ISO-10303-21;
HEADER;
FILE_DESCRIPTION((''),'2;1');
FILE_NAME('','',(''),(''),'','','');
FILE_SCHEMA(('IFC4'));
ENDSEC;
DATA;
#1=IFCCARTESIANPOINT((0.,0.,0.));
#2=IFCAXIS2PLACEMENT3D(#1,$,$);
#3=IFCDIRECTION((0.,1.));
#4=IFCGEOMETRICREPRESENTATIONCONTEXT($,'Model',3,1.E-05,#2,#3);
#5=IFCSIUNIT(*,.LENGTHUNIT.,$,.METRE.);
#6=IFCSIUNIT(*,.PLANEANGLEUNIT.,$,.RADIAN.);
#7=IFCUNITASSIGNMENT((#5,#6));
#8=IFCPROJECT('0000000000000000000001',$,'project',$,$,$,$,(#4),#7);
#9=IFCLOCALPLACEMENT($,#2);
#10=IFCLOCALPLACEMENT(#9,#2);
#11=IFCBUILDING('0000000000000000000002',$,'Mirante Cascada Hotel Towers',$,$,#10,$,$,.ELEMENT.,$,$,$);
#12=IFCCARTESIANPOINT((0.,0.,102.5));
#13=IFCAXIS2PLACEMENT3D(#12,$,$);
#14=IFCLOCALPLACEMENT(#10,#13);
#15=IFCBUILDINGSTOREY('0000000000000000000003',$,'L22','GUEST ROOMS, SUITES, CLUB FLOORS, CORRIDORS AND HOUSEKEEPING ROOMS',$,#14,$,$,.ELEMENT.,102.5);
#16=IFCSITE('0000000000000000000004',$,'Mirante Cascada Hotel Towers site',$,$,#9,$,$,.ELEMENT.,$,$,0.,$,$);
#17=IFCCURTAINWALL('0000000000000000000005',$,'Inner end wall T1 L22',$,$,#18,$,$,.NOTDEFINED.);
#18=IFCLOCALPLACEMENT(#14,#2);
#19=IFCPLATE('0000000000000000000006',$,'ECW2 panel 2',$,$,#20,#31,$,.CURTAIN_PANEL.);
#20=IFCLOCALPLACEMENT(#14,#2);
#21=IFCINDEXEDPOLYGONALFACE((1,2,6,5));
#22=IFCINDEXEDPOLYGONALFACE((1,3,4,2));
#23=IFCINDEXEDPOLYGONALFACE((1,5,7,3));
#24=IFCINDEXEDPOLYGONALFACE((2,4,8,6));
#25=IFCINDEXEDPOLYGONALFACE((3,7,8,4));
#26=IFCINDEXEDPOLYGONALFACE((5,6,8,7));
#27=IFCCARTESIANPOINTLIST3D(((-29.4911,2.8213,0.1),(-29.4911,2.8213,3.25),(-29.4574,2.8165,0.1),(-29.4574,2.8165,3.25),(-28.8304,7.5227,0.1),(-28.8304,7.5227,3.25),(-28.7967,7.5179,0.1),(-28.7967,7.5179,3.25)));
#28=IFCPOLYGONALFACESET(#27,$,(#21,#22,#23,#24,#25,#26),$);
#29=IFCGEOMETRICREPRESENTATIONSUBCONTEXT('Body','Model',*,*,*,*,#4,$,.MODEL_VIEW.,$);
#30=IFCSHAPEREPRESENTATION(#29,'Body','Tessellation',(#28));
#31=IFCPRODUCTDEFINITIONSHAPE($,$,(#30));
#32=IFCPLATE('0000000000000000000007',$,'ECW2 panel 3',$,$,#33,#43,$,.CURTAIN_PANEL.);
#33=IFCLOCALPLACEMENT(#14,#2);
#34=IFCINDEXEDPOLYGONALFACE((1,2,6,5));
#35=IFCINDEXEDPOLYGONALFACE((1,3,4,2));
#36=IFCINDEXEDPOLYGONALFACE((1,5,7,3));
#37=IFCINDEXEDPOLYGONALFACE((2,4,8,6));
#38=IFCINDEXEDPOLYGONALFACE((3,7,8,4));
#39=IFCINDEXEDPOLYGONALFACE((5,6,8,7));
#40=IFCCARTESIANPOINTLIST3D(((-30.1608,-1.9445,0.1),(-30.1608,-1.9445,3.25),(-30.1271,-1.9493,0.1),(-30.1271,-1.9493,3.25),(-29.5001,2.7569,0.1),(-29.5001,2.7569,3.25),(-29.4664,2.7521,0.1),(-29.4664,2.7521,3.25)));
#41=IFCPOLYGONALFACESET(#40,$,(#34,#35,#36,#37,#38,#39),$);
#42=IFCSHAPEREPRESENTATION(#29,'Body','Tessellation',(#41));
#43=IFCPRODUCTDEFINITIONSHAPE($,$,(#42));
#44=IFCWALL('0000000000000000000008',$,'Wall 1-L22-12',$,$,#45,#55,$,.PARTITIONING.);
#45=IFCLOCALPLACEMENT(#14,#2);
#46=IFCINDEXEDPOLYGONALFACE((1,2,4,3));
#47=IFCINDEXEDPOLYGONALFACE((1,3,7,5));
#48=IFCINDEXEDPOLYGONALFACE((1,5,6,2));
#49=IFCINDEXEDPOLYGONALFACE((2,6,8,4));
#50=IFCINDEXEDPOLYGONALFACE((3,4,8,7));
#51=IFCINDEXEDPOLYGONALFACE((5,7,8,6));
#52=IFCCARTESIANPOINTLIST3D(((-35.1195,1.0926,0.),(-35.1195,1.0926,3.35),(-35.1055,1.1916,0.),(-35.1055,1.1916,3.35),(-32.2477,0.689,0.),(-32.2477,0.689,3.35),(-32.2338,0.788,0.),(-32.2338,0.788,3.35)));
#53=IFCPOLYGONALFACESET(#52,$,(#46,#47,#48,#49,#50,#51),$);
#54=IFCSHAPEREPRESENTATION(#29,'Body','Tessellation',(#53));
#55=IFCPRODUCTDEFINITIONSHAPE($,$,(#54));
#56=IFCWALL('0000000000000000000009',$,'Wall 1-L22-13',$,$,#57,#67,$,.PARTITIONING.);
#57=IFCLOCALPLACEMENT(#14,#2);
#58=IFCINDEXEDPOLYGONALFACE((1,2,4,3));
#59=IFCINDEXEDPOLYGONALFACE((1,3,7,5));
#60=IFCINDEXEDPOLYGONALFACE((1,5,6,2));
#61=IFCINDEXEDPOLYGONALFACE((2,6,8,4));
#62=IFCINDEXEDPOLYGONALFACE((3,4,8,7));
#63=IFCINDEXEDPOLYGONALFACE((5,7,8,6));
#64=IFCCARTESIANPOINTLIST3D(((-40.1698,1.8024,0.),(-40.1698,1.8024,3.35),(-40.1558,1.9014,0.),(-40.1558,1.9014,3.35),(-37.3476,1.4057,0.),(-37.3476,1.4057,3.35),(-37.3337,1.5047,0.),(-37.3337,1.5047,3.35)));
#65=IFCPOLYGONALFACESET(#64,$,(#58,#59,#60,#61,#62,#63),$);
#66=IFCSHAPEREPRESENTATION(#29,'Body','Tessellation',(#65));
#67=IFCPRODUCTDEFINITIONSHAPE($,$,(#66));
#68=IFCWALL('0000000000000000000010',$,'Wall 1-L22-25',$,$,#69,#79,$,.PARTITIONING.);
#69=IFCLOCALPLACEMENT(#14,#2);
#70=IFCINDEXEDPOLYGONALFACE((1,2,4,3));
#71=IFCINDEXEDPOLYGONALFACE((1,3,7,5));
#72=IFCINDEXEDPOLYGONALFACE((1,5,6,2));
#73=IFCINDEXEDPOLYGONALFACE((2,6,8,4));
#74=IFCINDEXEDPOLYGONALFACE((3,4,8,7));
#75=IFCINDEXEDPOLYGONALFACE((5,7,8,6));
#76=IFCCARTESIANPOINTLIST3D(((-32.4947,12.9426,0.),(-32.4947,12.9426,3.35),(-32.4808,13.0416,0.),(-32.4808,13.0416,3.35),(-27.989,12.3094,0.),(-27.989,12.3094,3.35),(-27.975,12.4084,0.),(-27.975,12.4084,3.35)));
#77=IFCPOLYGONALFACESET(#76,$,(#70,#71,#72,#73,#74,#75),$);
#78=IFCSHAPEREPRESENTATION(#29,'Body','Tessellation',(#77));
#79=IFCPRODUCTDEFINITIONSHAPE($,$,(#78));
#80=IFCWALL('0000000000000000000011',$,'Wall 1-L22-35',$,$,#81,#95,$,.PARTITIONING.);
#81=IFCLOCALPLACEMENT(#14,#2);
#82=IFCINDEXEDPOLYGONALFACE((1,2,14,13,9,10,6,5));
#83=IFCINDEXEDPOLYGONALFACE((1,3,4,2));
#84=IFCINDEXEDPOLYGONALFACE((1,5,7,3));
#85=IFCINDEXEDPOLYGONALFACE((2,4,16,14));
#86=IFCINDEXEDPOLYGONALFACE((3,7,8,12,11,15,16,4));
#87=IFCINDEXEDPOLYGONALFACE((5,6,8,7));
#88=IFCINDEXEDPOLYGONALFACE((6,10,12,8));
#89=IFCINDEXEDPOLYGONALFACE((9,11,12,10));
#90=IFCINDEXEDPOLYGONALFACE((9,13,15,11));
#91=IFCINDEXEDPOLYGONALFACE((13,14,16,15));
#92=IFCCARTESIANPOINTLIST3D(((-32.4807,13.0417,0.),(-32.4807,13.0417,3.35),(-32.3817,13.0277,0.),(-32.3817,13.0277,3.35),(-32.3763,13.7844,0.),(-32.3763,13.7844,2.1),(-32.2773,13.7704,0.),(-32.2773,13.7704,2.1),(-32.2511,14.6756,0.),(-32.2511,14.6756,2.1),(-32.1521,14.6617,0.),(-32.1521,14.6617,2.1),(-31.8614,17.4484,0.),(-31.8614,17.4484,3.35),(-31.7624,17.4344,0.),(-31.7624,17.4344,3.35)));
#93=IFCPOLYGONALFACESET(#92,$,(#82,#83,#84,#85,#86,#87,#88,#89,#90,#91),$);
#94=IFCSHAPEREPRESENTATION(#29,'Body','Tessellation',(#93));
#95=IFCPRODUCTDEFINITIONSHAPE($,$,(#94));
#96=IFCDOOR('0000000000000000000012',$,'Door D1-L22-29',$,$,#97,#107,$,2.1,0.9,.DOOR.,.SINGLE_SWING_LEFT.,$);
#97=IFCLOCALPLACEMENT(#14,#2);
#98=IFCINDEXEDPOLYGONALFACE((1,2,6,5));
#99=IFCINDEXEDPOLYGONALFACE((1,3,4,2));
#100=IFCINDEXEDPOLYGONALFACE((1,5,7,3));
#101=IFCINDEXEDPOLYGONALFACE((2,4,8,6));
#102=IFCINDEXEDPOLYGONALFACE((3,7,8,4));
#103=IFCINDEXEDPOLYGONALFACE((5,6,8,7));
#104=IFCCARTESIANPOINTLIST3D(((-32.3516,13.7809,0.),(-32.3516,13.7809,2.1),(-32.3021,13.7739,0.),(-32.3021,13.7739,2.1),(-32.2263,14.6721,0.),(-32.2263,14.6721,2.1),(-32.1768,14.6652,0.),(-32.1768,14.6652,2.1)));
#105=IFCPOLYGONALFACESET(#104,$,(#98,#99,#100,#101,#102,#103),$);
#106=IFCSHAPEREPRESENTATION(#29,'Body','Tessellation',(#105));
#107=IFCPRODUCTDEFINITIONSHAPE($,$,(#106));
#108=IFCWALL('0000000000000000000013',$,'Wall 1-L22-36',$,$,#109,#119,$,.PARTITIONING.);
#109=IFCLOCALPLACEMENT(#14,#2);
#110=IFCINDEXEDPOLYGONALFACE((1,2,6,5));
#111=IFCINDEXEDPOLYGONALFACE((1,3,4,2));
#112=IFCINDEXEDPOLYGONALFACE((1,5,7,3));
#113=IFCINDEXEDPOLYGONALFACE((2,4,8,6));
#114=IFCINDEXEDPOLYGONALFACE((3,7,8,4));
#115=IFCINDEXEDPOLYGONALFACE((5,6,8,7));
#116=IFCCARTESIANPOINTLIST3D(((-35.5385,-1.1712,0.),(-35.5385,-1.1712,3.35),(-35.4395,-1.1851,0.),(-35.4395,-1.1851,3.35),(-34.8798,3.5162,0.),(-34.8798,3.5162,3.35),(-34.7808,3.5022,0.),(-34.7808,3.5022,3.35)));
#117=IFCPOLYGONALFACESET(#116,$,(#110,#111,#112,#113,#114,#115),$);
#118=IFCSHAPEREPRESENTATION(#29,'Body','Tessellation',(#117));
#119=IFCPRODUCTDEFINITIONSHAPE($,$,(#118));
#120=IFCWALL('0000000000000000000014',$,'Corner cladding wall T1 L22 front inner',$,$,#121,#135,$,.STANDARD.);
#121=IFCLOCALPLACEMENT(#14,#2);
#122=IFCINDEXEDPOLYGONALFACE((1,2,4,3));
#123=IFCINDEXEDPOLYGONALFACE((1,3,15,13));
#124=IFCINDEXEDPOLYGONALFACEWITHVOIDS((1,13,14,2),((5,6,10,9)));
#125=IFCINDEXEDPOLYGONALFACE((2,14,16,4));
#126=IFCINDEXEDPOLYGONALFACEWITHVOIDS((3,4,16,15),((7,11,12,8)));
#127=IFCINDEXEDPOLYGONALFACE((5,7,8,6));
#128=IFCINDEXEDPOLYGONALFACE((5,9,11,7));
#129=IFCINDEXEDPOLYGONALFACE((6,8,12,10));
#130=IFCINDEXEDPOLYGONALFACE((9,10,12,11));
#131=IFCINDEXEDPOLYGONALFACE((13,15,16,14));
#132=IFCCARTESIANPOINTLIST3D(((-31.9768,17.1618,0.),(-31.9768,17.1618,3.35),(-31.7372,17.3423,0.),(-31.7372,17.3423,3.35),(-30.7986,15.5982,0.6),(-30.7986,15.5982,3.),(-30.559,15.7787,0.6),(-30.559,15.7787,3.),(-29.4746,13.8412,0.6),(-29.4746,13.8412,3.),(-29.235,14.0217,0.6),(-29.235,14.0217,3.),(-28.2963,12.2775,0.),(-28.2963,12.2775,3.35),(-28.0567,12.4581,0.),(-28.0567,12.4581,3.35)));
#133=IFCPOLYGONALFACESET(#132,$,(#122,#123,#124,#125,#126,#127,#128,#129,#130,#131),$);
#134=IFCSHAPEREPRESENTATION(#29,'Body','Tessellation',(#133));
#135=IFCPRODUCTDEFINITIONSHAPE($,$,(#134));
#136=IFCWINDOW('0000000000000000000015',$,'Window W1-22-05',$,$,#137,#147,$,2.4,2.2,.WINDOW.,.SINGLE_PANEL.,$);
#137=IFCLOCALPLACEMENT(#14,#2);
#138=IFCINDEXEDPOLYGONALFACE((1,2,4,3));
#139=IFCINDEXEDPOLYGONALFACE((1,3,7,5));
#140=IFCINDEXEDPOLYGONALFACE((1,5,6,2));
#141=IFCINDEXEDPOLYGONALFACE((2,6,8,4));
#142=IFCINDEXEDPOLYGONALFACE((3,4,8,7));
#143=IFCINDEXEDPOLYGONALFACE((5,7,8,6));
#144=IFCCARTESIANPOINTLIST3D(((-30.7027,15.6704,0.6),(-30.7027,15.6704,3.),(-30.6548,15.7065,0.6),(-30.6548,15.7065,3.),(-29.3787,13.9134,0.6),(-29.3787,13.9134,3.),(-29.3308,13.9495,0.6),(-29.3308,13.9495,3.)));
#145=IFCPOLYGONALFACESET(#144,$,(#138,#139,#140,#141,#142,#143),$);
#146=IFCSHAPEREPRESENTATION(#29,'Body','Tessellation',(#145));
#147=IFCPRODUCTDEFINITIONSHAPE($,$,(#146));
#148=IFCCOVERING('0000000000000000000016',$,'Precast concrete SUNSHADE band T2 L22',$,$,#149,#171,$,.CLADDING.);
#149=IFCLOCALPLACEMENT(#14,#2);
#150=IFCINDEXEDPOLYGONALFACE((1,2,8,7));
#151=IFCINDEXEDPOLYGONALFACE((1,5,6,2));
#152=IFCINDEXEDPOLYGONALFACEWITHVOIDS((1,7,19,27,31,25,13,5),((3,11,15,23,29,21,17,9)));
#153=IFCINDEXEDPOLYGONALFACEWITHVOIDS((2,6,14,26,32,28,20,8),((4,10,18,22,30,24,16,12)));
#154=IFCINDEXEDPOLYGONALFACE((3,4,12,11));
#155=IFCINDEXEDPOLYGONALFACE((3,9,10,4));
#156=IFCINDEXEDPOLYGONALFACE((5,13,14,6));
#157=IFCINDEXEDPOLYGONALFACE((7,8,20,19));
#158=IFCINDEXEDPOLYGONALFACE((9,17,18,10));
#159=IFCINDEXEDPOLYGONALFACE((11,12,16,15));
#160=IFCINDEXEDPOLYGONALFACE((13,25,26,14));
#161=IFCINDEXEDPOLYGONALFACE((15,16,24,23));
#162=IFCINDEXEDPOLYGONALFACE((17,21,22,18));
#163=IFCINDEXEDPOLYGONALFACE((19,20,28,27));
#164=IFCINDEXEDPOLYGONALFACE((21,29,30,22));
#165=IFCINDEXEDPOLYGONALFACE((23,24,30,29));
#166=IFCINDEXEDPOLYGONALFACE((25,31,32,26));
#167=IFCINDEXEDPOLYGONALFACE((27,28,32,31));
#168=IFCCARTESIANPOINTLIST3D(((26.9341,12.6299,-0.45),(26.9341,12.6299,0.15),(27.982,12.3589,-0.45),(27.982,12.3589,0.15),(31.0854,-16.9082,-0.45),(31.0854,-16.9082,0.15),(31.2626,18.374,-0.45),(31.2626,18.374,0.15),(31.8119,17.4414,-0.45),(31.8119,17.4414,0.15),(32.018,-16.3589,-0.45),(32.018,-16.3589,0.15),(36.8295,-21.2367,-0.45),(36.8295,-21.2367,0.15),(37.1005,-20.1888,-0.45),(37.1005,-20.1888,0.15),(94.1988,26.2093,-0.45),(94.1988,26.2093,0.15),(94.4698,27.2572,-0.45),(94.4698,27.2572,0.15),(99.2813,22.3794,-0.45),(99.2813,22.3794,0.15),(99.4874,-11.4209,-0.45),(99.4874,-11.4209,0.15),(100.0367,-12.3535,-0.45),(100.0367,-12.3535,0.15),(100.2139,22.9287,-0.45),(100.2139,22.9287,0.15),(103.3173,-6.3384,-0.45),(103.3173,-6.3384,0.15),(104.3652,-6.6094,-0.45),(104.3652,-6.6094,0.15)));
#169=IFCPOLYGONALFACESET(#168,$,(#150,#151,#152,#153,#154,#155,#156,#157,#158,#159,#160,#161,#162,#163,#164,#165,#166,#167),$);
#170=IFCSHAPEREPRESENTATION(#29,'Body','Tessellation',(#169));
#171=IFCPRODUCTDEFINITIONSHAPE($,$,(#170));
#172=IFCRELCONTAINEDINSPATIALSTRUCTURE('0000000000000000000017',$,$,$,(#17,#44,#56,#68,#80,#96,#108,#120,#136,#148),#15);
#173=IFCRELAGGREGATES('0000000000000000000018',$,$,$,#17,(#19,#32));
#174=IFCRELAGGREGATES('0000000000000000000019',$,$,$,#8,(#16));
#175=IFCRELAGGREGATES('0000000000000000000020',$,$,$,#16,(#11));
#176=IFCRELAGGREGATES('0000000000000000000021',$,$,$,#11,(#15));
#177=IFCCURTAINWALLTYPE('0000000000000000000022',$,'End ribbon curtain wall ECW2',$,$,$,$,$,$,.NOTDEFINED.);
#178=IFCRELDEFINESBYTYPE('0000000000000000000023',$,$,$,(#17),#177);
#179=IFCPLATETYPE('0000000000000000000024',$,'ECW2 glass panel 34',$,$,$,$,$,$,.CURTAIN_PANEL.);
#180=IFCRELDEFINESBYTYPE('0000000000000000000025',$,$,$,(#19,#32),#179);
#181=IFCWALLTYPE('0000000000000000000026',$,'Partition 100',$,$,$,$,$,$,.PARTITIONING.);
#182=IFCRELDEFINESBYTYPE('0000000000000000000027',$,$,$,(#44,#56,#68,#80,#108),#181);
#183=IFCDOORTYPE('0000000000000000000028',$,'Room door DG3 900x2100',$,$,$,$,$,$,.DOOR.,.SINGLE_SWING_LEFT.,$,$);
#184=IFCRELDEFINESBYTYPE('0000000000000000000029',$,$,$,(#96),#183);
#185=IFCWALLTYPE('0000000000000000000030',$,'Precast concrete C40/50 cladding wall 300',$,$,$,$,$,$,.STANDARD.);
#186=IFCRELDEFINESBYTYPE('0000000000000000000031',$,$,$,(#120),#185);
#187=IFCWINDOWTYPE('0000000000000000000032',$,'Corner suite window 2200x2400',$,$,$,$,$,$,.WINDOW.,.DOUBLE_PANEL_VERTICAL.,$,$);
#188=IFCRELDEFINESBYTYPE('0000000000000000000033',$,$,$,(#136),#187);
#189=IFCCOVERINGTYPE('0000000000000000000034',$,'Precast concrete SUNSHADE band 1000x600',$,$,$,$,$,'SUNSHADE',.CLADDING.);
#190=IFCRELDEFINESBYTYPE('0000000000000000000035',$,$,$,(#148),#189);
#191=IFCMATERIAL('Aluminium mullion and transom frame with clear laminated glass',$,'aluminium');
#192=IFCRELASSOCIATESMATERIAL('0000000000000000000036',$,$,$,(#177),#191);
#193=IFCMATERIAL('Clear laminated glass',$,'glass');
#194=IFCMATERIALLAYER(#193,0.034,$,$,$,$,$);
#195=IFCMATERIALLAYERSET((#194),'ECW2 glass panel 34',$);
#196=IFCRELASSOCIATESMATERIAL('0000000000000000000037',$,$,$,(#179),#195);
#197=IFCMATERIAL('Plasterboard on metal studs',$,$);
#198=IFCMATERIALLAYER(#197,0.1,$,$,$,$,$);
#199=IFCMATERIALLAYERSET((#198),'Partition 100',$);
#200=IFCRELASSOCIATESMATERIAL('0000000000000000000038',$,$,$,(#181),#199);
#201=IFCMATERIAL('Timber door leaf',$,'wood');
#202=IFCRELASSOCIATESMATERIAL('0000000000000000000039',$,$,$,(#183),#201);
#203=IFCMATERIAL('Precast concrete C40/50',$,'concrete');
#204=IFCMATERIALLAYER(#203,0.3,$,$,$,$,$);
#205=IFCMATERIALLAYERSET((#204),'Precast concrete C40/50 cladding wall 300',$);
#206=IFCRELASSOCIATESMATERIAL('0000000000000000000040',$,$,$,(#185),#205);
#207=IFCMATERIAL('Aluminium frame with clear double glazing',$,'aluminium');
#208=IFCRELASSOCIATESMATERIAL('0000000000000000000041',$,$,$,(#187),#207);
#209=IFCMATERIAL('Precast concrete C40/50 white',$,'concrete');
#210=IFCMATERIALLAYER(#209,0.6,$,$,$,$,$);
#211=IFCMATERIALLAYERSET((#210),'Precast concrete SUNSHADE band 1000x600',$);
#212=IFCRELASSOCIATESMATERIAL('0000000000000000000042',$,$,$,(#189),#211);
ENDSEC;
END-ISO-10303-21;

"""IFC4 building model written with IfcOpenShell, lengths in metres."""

from ifc_helpers import new_model, si_unit, direction, frame, frame_2d, origin, origin_2d, place, context, subcontext, project, spatial, polyline, rectangle, outline, extrude, material, layer, layer_set, type_object, element, fill, aggregate, save


model = new_model("IFC4")

# Units and contexts
model_context = context("Model", 3, precision=1e-05, world=origin(), true_north=direction((0.0, 1.0)))
body_context = subcontext(model_context, "Body", "Model", "MODEL_VIEW")
ifc_project = project(units=[si_unit("LENGTHUNIT", "METRE"), si_unit("PLANEANGLEUNIT", "RADIAN")], contexts=[model_context])

# Site, building, storey
site_placement = place(None, origin())
site = spatial("IfcSite", under=ifc_project, at=site_placement, Name="Mirante Cascada Hotel Towers site", CompositionType="ELEMENT", RefElevation=0.0)
building_placement = place(site_placement, origin())
building = spatial("IfcBuilding", under=site, at=building_placement, Name="Mirante Cascada Hotel Towers", CompositionType="ELEMENT")
storey_placement = place(building_placement, frame((0.0, 0.0, 102.5)))
storey = spatial("IfcBuildingStorey", under=building, at=storey_placement, Name="L22", Description="GUEST ROOMS, SUITES, CLUB FLOORS, CORRIDORS AND HOUSEKEEPING ROOMS", CompositionType="ELEMENT", Elevation=102.5)

# Curtain wall
ifc_material_1 = material(Name="Aluminium mullion and transom frame with clear laminated glass", Category="aluminium")
curtain_wall_type_1 = type_object("IfcCurtainWallType", Name="End ribbon curtain wall ECW2", PredefinedType="NOTDEFINED", material=ifc_material_1)
curtain_wall_1_placement = place(storey_placement, origin())
curtain_wall_1 = element("IfcCurtainWall", 1, at=curtain_wall_1_placement, inside=storey, type_object=curtain_wall_type_1, Name="Inner end wall T1 L22", PredefinedType="NOTDEFINED")

# Plates
ifc_material_2 = material(Name="Clear laminated glass", Category="glass")
ifc_layer_1 = layer(ifc_material_2, 0.034)
ifc_layer_set_1 = layer_set([ifc_layer_1], Name="ECW2 glass panel 34")
plate_type_1 = type_object("IfcPlateType", Name="ECW2 glass panel 34", PredefinedType="CURTAIN_PANEL", material=ifc_layer_set_1)
plate_1_placement = place(storey_placement, frame((-29.1439, 5.1696, 0.1), z_axis=(0.0, 0.0, 1.0), x_axis=(-0.139173, -0.990268, 0.0)))
plate_1 = element("IfcPlate", 2, at=plate_1_placement, type_object=plate_type_1, Name="ECW2 panel 2", PredefinedType="CURTAIN_PANEL", context=body_context, shape_type="SweptSolid", body=[
    extrude(rectangle(XDim=4.7476, YDim=0.034, at=origin_2d()), origin(), (0.0, 0.0, 1.0), 3.15),
])
plate_2_placement = place(storey_placement, frame((-29.8136, 0.4038, 0.1), z_axis=(0.0, 0.0, 1.0), x_axis=(-0.139173, -0.990268, 0.0)))
plate_2 = element("IfcPlate", 3, at=plate_2_placement, type_object=plate_type_1, Name="ECW2 panel 3", PredefinedType="CURTAIN_PANEL", context=body_context, shape_type="SweptSolid", body=[
    extrude(rectangle(XDim=4.7476, YDim=0.034, at=origin_2d()), origin(), (0.0, 0.0, 1.0), 3.15),
])
aggregate(curtain_wall_1, [plate_1, plate_2])

# Walls
ifc_material_3 = material(Name="Plasterboard on metal studs")
ifc_layer_2 = layer(ifc_material_3, 0.1)
ifc_layer_set_2 = layer_set([ifc_layer_2], Name="Partition 100")
wall_type_1 = type_object("IfcWallType", Name="Partition 100", PredefinedType="PARTITIONING", material=ifc_layer_set_2)
wall_1_placement = place(storey_placement, frame((-35.1125, 1.1421, 0.0), z_axis=(0.0, 0.0, 1.0), x_axis=(0.990268, -0.139171, 0.0)))
element("IfcWall", 4, at=wall_1_placement, inside=storey, type_object=wall_type_1, Name="Wall 1-L22-12", PredefinedType="PARTITIONING", context=body_context, shape_type="SweptSolid", body=[
    extrude(rectangle(XDim=2.9, YDim=0.1, at=frame_2d((1.45, 0.0))), origin(), (0.0, 0.0, 1.0), 3.35),
])
wall_2_placement = place(storey_placement, frame((-37.3406, 1.4552, 0.0), z_axis=(0.0, 0.0, 1.0), x_axis=(-0.990265, 0.139196, 0.0)))
element("IfcWall", 5, at=wall_2_placement, inside=storey, type_object=wall_type_1, Name="Wall 1-L22-13", PredefinedType="PARTITIONING", context=body_context, shape_type="SweptSolid", body=[
    extrude(rectangle(XDim=2.8499, YDim=0.1, at=frame_2d((1.425, 0.0))), origin(), (0.0, 0.0, 1.0), 3.35),
])
wall_3_placement = place(storey_placement, frame((-27.982, 12.3589, 0.0), z_axis=(0.0, 0.0, 1.0), x_axis=(-0.990269, 0.139166, 0.0)))
element("IfcWall", 6, at=wall_3_placement, inside=storey, type_object=wall_type_1, Name="Wall 1-L22-25", PredefinedType="PARTITIONING", context=body_context, shape_type="SweptSolid", body=[
    extrude(rectangle(XDim=4.55, YDim=0.1, at=frame_2d((2.275, 0.0))), origin(), (0.0, 0.0, 1.0), 3.35),
])

# Wall, opening, door
wall_4_placement = place(storey_placement, frame((-32.4312, 13.0347, 0.0), z_axis=(0.0, 0.0, 1.0), x_axis=(0.139168, 0.990269, 0.0)))
wall_4 = element("IfcWall", 7, at=wall_4_placement, inside=storey, type_object=wall_type_1, Name="Wall 1-L22-35", PredefinedType="PARTITIONING", context=body_context, shape_type="SweptSolid", body=[
    extrude(rectangle(XDim=4.45, YDim=0.1, at=frame_2d((2.225, 0.0))), origin(), (0.0, 0.0, 1.0), 3.35),
])
opening_1_placement = place(wall_4_placement, frame((0.75, 0.0, 0.0)))
opening_1 = element("IfcOpeningElement", 8, at=opening_1_placement, cuts=wall_4, PredefinedType="OPENING", context=body_context, shape_type="SweptSolid", body=[
    extrude(rectangle(XDim=0.9, YDim=2.1, at=frame_2d((0.45, 1.05))), frame((0.0, 0.05, 0.0), z_axis=(0.0, -1.0, 0.0), x_axis=(1.0, 0.0, 0.0)), (0.0, 0.0, 1.0), 0.1),
])
ifc_material_4 = material(Name="Timber door leaf", Category="wood")
door_type = type_object("IfcDoorType", Name="Room door DG3 900x2100", OperationType="SINGLE_SWING_LEFT", PredefinedType="DOOR", material=ifc_material_4)
door_placement = place(opening_1_placement, origin())
door = element("IfcDoor", 9, at=door_placement, inside=storey, type_object=door_type, Name="Door D1-L22-29", OperationType="SINGLE_SWING_LEFT", OverallHeight=2.1, OverallWidth=0.9, PredefinedType="DOOR", context=body_context, shape_type="SweptSolid", body=[
    extrude(rectangle(XDim=0.9, YDim=2.1, at=frame_2d((0.45, 1.05))), frame((0.0, 0.025, 0.0), z_axis=(0.0, -1.0, 0.0), x_axis=(1.0, 0.0, 0.0)), (0.0, 0.0, 1.0), 0.05),
])
fill(opening_1, door)

# Wall
wall_5_placement = place(storey_placement, frame((-34.8303, 3.5092, 0.0), z_axis=(0.0, 0.0, 1.0), x_axis=(-0.139161, -0.99027, 0.0)))
element("IfcWall", 10, at=wall_5_placement, inside=storey, type_object=wall_type_1, Name="Wall 1-L22-36", PredefinedType="PARTITIONING", context=body_context, shape_type="SweptSolid", body=[
    extrude(rectangle(XDim=4.7334, YDim=0.1, at=frame_2d((2.3667, 0.0))), origin(), (0.0, 0.0, 1.0), 3.35),
])

# Wall, opening, window
ifc_material_5 = material(Name="Precast concrete C40/50", Category="concrete")
ifc_layer_3 = layer(ifc_material_5, 0.3)
ifc_layer_set_3 = layer_set([ifc_layer_3], Name="Precast concrete C40/50 cladding wall 300")
wall_type_2 = type_object("IfcWallType", Name="Precast concrete C40/50 cladding wall 300", PredefinedType="STANDARD", material=ifc_layer_set_3)
wall_6_placement = place(storey_placement, frame((-31.857, 17.252, 0.0), z_axis=(0.0, 0.0, 1.0), x_axis=(0.601814, -0.798636, 0.0)))
wall_6 = element("IfcWall", 11, at=wall_6_placement, inside=storey, type_object=wall_type_2, Name="Corner cladding wall T1 L22 front inner", PredefinedType="STANDARD", context=body_context, shape_type="SweptSolid", body=[
    extrude(rectangle(XDim=6.1157, YDim=0.3, at=frame_2d((3.0578, 0.0))), origin(), (0.0, 0.0, 1.0), 3.35),
])
opening_2_placement = place(wall_6_placement, frame((1.9578, 0.0, 0.6)))
opening_2 = element("IfcOpeningElement", 12, at=opening_2_placement, cuts=wall_6, PredefinedType="OPENING", context=body_context, shape_type="SweptSolid", body=[
    extrude(rectangle(XDim=2.2, YDim=2.4, at=frame_2d((1.1, 1.2))), frame((0.0, 0.15, 0.0), z_axis=(0.0, -1.0, 0.0), x_axis=(1.0, 0.0, 0.0)), (0.0, 0.0, 1.0), 0.3),
])
ifc_material_6 = material(Name="Aluminium frame with clear double glazing", Category="aluminium")
window_type = type_object("IfcWindowType", Name="Corner suite window 2200x2400", PartitioningType="DOUBLE_PANEL_VERTICAL", PredefinedType="WINDOW", material=ifc_material_6)
window_placement = place(opening_2_placement, origin())
window = element("IfcWindow", 13, at=window_placement, inside=storey, type_object=window_type, Name="Window W1-22-05", OverallHeight=2.4, OverallWidth=2.2, PartitioningType="SINGLE_PANEL", PredefinedType="WINDOW", context=body_context, shape_type="SweptSolid", body=[
    extrude(rectangle(XDim=2.2, YDim=2.4, at=frame_2d((1.1, 1.2))), frame((0.0, 0.03, 0.0), z_axis=(0.0, -1.0, 0.0), x_axis=(1.0, 0.0, 0.0)), (0.0, 0.0, 1.0), 0.06),
])
fill(opening_2, window)

# Covering
ifc_material_7 = material(Name="Precast concrete C40/50 white", Category="concrete")
ifc_layer_4 = layer(ifc_material_7, 0.6)
ifc_layer_set_4 = layer_set([ifc_layer_4], Name="Precast concrete SUNSHADE band 1000x600")
covering_type = type_object("IfcCoveringType", Name="Precast concrete SUNSHADE band 1000x600", ElementType="SUNSHADE", PredefinedType="CLADDING", material=ifc_layer_set_4)
covering_placement = place(storey_placement, frame((0.0, 0.0, -0.45)))
element("IfcCovering", 14, at=covering_placement, inside=storey, type_object=covering_type, Name="Precast concrete SUNSHADE band T2 L22", PredefinedType="CLADDING", context=body_context, shape_type="SweptSolid", body=[
    extrude(outline(polyline([(26.9341, 12.6299), (31.2626, 18.374), (94.4698, 27.2572), (100.2139, 22.9287), (104.3652, -6.6094), (100.0367, -12.3535), (36.8295, -21.2367), (31.0854, -16.9082), (26.9341, 12.6299)]), holes=[polyline([(103.3173, -6.3384), (99.2813, 22.3794), (94.1988, 26.2093), (31.8119, 17.4414), (27.982, 12.3589), (32.018, -16.3589), (37.1005, -20.1888), (99.4874, -11.4209), (103.3173, -6.3384)])]), origin(), (0.0, 0.0, 1.0), 0.6),
])

save(model, "model.ifc")
